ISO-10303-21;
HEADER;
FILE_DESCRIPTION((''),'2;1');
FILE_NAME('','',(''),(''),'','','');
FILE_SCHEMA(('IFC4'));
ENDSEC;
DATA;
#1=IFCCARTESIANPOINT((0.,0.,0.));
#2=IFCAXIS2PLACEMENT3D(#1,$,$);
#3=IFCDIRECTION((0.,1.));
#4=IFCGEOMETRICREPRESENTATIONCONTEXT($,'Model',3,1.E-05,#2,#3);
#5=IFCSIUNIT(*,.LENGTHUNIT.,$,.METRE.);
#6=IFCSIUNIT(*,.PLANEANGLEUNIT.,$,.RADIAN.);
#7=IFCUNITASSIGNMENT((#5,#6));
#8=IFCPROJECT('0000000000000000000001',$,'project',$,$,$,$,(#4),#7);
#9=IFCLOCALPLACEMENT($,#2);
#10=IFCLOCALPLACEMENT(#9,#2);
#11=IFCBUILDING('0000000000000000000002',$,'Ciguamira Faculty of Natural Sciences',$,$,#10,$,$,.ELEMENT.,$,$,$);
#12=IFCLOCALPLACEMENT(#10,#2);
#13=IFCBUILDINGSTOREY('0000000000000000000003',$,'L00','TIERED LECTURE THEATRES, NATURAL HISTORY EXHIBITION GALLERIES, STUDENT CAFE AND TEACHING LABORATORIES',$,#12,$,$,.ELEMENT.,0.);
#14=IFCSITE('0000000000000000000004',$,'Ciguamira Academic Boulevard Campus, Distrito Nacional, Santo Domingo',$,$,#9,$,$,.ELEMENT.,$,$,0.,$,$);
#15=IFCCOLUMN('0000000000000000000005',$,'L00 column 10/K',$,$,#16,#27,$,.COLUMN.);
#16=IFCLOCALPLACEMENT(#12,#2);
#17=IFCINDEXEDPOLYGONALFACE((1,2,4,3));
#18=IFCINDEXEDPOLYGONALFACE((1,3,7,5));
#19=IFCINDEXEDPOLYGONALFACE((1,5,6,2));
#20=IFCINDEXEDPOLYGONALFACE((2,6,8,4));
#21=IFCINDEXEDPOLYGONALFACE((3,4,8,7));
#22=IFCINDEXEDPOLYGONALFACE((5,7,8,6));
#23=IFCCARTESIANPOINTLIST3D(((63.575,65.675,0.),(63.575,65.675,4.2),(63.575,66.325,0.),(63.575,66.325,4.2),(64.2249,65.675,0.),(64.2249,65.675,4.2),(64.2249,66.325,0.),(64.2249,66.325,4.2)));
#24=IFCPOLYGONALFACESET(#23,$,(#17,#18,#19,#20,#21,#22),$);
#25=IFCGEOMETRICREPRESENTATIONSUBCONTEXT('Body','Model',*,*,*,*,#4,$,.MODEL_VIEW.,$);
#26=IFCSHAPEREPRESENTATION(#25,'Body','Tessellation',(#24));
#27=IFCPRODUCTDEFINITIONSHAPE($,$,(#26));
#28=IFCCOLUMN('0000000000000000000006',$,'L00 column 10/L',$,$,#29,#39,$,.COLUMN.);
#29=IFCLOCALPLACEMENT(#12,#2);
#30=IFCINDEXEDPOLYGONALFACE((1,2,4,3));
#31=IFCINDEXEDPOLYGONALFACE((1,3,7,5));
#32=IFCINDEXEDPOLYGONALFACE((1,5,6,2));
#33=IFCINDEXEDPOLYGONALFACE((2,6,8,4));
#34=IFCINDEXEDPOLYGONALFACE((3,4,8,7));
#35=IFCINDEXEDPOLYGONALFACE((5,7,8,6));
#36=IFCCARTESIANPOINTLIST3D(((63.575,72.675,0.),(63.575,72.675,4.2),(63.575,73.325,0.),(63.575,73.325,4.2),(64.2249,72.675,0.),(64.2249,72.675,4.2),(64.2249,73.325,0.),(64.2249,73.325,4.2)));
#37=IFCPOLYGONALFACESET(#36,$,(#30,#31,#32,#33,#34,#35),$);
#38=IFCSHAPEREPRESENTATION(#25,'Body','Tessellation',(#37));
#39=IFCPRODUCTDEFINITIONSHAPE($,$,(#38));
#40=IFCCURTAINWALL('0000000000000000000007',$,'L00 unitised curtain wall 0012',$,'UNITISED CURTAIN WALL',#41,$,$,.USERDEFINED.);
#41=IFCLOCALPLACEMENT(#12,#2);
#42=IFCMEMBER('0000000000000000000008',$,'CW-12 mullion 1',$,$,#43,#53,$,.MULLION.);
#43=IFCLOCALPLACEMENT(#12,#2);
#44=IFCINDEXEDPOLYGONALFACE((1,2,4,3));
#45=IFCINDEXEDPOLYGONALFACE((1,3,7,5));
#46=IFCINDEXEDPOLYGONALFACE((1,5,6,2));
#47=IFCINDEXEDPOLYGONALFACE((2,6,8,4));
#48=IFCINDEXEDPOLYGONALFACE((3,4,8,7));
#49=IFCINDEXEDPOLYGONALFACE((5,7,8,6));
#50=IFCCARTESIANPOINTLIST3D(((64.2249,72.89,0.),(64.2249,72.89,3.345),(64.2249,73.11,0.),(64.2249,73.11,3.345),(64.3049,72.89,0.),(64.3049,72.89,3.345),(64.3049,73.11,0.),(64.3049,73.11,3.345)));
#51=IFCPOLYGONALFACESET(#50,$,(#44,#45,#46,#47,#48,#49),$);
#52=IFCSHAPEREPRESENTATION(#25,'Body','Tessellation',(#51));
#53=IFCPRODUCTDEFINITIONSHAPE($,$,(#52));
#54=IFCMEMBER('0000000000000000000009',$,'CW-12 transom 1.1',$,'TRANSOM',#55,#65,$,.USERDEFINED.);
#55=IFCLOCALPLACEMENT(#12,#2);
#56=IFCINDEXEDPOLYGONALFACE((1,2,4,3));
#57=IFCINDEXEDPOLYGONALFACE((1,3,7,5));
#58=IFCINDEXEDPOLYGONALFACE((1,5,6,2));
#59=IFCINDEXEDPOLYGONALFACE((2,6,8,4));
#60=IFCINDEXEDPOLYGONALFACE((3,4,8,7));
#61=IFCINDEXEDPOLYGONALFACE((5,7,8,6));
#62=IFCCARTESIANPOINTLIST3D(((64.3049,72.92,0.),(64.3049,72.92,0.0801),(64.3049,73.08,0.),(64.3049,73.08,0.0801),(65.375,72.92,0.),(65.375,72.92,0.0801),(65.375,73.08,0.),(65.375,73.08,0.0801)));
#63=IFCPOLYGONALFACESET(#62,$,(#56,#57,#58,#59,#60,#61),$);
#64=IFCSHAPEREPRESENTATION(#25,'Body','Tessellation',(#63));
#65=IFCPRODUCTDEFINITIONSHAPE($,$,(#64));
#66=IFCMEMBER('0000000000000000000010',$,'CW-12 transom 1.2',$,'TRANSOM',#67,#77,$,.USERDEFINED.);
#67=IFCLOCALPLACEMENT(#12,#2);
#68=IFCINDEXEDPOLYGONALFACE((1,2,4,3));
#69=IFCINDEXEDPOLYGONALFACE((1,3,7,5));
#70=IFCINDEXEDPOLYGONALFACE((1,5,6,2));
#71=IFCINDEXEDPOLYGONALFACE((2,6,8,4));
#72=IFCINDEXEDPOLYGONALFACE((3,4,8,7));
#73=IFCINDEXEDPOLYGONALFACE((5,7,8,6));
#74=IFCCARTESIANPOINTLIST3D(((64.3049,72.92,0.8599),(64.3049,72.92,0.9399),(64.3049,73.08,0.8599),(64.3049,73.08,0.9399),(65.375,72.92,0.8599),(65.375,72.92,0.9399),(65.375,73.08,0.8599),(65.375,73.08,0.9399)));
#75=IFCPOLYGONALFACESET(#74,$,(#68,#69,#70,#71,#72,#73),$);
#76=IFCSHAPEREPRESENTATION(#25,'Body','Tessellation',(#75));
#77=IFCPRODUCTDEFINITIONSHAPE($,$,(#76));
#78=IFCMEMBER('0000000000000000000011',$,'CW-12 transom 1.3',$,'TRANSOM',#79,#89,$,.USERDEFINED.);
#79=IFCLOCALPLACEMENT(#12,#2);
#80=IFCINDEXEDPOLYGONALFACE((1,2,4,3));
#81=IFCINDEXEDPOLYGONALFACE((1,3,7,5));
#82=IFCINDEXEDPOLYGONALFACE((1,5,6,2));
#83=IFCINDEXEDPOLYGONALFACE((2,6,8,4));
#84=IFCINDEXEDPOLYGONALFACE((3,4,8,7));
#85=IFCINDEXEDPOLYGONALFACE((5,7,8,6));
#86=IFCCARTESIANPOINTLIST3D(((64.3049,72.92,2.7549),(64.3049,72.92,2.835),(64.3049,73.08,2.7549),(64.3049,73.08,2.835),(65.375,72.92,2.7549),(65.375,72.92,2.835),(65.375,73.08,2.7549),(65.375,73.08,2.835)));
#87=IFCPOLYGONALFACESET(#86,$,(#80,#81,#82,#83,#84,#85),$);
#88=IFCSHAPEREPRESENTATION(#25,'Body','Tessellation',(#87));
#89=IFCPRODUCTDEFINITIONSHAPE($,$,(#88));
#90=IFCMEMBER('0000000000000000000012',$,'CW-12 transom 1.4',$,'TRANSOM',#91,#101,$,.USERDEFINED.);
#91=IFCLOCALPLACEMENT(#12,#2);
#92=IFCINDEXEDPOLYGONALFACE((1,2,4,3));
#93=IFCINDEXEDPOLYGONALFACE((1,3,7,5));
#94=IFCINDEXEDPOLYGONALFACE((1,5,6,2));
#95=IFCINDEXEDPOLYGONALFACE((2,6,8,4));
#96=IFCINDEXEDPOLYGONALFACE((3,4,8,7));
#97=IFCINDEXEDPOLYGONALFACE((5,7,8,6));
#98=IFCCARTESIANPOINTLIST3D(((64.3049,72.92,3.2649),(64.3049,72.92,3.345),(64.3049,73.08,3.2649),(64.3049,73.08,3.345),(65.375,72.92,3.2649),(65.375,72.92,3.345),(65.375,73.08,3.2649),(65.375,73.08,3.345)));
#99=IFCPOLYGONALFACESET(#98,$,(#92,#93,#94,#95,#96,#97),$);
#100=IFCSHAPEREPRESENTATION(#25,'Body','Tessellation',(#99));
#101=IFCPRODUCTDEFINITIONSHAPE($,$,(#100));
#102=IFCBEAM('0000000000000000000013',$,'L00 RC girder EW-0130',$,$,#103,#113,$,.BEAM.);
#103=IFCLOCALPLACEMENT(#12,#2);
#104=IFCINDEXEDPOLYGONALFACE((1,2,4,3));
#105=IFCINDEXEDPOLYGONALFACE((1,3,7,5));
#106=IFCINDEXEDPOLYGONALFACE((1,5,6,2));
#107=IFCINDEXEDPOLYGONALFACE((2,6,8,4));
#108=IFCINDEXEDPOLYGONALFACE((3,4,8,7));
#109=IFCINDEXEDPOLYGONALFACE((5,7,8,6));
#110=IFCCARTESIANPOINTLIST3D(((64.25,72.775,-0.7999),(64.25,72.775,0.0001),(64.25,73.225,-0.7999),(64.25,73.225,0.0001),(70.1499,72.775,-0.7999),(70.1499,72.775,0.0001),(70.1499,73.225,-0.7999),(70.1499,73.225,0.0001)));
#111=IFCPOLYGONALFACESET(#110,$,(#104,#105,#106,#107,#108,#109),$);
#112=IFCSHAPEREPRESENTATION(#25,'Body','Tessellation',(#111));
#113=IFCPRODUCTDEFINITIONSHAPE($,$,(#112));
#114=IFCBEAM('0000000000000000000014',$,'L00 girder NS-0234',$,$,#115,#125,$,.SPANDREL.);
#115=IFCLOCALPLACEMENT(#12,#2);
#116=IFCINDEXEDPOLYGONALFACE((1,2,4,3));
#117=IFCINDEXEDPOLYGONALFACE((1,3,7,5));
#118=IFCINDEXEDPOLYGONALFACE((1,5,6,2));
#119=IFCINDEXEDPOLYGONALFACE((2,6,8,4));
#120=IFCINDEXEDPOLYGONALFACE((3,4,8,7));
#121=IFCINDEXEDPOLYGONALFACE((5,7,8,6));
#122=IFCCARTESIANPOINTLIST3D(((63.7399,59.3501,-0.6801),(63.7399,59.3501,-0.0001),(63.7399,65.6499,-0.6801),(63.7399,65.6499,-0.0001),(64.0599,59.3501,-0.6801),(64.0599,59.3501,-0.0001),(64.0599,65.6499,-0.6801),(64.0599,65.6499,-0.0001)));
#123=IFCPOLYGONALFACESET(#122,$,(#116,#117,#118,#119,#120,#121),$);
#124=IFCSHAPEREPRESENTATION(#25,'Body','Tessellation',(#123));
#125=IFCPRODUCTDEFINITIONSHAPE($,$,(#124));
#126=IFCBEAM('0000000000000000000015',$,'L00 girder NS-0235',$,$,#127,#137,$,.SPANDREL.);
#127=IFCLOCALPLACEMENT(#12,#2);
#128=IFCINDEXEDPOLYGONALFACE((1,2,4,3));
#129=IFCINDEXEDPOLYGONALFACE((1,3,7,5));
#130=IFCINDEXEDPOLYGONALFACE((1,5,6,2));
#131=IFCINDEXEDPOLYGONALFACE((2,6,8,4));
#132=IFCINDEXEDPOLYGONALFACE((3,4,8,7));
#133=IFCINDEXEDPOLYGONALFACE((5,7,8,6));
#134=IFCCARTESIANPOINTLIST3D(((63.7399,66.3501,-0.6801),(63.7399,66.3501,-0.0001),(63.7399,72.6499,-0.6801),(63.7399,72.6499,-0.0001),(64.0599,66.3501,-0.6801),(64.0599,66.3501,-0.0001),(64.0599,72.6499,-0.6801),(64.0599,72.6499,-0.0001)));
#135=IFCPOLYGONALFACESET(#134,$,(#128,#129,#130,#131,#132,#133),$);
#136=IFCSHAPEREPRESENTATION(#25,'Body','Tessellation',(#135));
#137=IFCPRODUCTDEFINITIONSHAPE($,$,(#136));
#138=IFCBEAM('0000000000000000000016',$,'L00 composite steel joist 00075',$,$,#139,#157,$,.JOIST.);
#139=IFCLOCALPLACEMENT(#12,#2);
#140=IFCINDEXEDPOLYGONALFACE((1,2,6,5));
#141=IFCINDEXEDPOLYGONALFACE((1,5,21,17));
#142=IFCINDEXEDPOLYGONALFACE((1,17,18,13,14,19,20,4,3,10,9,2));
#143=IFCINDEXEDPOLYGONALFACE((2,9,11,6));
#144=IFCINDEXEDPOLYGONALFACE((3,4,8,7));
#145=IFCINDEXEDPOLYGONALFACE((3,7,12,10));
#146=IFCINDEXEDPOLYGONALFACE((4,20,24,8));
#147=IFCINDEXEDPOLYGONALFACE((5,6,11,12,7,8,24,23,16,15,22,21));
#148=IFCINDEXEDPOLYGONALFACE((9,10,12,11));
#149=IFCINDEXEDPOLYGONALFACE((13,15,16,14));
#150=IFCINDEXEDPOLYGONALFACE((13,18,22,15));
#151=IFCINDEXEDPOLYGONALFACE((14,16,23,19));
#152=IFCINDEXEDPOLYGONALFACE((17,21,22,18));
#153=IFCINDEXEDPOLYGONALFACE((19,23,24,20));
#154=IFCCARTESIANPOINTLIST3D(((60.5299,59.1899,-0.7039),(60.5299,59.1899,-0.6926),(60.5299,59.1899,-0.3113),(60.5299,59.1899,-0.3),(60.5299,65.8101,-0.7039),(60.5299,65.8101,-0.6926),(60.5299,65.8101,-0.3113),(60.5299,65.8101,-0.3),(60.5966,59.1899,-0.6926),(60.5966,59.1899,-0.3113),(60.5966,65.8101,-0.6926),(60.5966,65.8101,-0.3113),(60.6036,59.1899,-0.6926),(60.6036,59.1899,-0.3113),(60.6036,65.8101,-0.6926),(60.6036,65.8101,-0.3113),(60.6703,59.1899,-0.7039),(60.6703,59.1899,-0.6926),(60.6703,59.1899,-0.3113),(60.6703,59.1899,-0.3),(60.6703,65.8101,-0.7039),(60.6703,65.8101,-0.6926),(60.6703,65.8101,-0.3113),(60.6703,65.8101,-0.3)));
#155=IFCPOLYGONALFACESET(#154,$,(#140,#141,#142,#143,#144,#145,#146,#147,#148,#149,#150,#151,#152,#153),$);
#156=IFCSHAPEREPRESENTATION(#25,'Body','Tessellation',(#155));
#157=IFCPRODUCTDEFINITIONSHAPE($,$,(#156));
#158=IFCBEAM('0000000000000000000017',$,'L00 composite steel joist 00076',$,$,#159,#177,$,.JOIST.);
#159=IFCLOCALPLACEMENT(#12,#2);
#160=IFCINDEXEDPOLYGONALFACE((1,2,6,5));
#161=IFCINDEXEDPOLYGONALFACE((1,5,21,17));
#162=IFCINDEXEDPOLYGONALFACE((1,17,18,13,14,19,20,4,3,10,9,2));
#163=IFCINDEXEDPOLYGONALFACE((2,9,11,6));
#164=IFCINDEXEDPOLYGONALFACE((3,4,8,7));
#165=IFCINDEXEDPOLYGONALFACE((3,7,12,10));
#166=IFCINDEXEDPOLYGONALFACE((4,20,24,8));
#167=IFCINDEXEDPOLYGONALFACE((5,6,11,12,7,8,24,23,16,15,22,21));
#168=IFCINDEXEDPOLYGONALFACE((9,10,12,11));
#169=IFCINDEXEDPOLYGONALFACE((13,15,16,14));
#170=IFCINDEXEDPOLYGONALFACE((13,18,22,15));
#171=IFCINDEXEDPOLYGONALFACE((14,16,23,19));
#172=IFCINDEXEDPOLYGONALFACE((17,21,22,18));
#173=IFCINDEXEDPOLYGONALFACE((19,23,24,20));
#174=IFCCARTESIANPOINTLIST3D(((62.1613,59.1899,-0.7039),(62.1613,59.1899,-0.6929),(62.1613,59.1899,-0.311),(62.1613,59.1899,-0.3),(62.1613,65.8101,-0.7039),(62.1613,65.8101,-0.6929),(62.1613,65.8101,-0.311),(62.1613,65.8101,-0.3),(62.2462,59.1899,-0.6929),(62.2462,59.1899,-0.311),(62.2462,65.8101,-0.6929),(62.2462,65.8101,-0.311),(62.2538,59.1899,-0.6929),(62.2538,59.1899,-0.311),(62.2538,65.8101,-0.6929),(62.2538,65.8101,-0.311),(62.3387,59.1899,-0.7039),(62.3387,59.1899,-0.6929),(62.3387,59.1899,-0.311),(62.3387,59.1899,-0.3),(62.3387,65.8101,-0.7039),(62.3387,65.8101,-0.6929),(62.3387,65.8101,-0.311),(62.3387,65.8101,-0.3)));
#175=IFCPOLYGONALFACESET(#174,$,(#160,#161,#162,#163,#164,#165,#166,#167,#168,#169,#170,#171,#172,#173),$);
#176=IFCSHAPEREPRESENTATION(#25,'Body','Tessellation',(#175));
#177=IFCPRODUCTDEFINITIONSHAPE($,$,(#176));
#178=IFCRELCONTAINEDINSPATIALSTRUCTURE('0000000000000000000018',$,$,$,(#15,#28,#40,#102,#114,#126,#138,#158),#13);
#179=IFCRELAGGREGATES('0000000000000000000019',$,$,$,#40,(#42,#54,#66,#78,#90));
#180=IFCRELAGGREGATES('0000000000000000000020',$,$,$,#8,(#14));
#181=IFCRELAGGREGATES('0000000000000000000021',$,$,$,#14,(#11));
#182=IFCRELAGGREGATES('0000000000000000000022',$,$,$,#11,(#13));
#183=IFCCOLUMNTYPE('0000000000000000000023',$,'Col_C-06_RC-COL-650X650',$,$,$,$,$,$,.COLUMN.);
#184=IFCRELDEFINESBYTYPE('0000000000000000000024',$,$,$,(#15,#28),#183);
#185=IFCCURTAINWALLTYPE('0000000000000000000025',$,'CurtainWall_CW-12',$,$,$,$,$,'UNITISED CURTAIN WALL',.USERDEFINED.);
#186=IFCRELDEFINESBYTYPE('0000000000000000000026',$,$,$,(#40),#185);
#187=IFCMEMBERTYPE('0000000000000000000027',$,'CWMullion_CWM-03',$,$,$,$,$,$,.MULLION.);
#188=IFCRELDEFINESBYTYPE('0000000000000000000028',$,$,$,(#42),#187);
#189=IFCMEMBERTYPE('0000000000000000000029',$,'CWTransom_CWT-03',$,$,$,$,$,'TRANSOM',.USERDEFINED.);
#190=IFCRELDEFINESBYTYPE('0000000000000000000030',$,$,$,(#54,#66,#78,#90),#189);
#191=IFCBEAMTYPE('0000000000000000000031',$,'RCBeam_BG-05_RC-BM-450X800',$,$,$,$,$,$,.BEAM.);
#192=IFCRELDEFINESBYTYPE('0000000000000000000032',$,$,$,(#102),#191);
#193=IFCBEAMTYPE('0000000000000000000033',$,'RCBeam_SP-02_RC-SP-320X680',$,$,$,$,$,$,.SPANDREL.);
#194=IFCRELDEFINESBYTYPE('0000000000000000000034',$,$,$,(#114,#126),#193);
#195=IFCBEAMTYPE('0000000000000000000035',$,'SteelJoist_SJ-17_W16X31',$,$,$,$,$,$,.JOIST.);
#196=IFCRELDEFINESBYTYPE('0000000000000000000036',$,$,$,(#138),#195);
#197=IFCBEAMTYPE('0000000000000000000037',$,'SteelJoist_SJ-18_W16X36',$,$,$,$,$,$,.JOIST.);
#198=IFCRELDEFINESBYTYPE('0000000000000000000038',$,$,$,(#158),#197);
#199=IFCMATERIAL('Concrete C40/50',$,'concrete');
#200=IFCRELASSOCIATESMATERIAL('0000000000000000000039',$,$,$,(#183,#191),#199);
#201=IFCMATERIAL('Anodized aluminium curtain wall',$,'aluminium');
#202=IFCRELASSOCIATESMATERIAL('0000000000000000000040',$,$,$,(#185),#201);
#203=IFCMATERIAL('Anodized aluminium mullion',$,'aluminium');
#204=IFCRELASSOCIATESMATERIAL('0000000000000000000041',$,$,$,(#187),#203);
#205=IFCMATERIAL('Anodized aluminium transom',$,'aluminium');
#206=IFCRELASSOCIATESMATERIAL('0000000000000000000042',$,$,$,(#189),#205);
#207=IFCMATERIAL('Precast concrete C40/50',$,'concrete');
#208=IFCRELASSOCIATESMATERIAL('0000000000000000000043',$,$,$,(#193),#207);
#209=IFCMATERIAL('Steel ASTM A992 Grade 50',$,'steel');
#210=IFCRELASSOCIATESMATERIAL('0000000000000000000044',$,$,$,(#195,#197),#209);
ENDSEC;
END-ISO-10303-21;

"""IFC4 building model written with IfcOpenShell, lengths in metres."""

from ifc_helpers import new_model, si_unit, direction, frame, origin, origin_2d, place, context, subcontext, project, spatial, rectangle, i_section, extrude, material, material_profile, profile_set, type_object, element, aggregate, save


model = new_model("IFC4")

# Units and contexts
model_context = context("Model", 3, precision=1e-05, world=origin(), true_north=direction((0.0, 1.0)))
body_context = subcontext(model_context, "Body", "Model", "MODEL_VIEW")
ifc_project = project(units=[si_unit("LENGTHUNIT", "METRE"), si_unit("PLANEANGLEUNIT", "RADIAN")], contexts=[model_context])

# Site, building, storey
site_placement = place(None, origin())
site = spatial("IfcSite", under=ifc_project, at=site_placement, Name="Ciguamira Academic Boulevard Campus, Distrito Nacional, Santo Domingo", CompositionType="ELEMENT", RefElevation=0.0)
building_placement = place(site_placement, origin())
building = spatial("IfcBuilding", under=site, at=building_placement, Name="Ciguamira Faculty of Natural Sciences", CompositionType="ELEMENT")
storey_placement = place(building_placement, origin())
storey = spatial("IfcBuildingStorey", under=building, at=storey_placement, Name="L00", Description="TIERED LECTURE THEATRES, NATURAL HISTORY EXHIBITION GALLERIES, STUDENT CAFE AND TEACHING LABORATORIES", CompositionType="ELEMENT", Elevation=0.0)

# Columns
ifc_material_1 = material(Name="Concrete C40/50", Category="concrete")
ifc_material_profile_1 = material_profile(ifc_material_1, rectangle(XDim=0.6499, YDim=0.6499, at=origin_2d()), Name="RC-COL-650X650")
ifc_profile_set_1 = profile_set([ifc_material_profile_1], Name="Concrete C40/50")
column_type = type_object("IfcColumnType", Name="Col_C-06_RC-COL-650X650", PredefinedType="COLUMN", material=ifc_profile_set_1)
for number, where, z_axis, x_axis, name in (
    (1, (63.8999, 66.0, 0.0), (0.0, 0.0, 1.0), (1.0, 0.0, 0.0), "L00 column 10/K"),
    (2, (63.8999, 73.0, 0.0), (0.0, 0.0, 1.0), (1.0, 0.0, 0.0), "L00 column 10/L"),
):
    element("IfcColumn", number, at=place(storey_placement, frame(where, z_axis=z_axis, x_axis=x_axis)), inside=storey, type_object=column_type, Name=name, PredefinedType="COLUMN", context=body_context, shape_type="SweptSolid", body=[
        extrude(rectangle(XDim=0.6499, YDim=0.6499, at=origin_2d()), origin(), (0.0, 0.0, 1.0), 4.2),
    ])

# Curtain wall, members
ifc_material_2 = material(Name="Anodized aluminium curtain wall", Category="aluminium")
curtain_wall_type = type_object("IfcCurtainWallType", Name="CurtainWall_CW-12", ElementType="UNITISED CURTAIN WALL", PredefinedType="USERDEFINED", material=ifc_material_2)
curtain_wall_placement = place(storey_placement, origin())
curtain_wall = element("IfcCurtainWall", 3, at=curtain_wall_placement, inside=storey, type_object=curtain_wall_type, Name="L00 unitised curtain wall 0012", ObjectType="UNITISED CURTAIN WALL", PredefinedType="USERDEFINED")
ifc_material_3 = material(Name="Anodized aluminium mullion", Category="aluminium")
ifc_material_profile_2 = material_profile(ifc_material_3, rectangle(XDim=0.0801, YDim=0.22, at=origin_2d()), Name="ALU-MUL-80X220")
ifc_profile_set_2 = profile_set([ifc_material_profile_2], Name="Anodized aluminium mullion")
member_type_1 = type_object("IfcMemberType", Name="CWMullion_CWM-03", PredefinedType="MULLION", material=ifc_profile_set_2)
member_1_placement = place(storey_placement, frame((64.2649, 73.0, 0.0), z_axis=(0.0, 0.0, 1.0), x_axis=(1.0, 0.0, 0.0)))
member_1 = element("IfcMember", 4, at=member_1_placement, type_object=member_type_1, Name="CW-12 mullion 1", PredefinedType="MULLION", context=body_context, shape_type="SweptSolid", body=[
    extrude(rectangle(XDim=0.0801, YDim=0.22, at=origin_2d()), origin(), (0.0, 0.0, 1.0), 3.345),
])
ifc_material_4 = material(Name="Anodized aluminium transom", Category="aluminium")
ifc_material_profile_3 = material_profile(ifc_material_4, rectangle(XDim=0.0801, YDim=0.1599, at=origin_2d()), Name="ALU-TRN-80X160")
ifc_profile_set_3 = profile_set([ifc_material_profile_3], Name="Anodized aluminium transom")
member_type_2 = type_object("IfcMemberType", Name="CWTransom_CWT-03", ElementType="TRANSOM", PredefinedType="USERDEFINED", material=ifc_profile_set_3)
member_2_placement = place(storey_placement, frame((64.3049, 73.0, 0.04), z_axis=(1.0, 0.0, 0.0), x_axis=(0.0, 0.0, 1.0)))
member_2 = element("IfcMember", 5, at=member_2_placement, type_object=member_type_2, Name="CW-12 transom 1.1", ObjectType="TRANSOM", PredefinedType="USERDEFINED", context=body_context, shape_type="SweptSolid", body=[
    extrude(rectangle(XDim=0.0801, YDim=0.1599, at=origin_2d()), origin(), (0.0, 0.0, 1.0), 1.0701),
])
member_3_placement = place(storey_placement, frame((64.3049, 73.0, 0.8999), z_axis=(1.0, 0.0, 0.0), x_axis=(0.0, 0.0, 1.0)))
member_3 = element("IfcMember", 6, at=member_3_placement, type_object=member_type_2, Name="CW-12 transom 1.2", ObjectType="TRANSOM", PredefinedType="USERDEFINED", context=body_context, shape_type="SweptSolid", body=[
    extrude(rectangle(XDim=0.0801, YDim=0.1599, at=origin_2d()), origin(), (0.0, 0.0, 1.0), 1.0701),
])
member_4_placement = place(storey_placement, frame((64.3049, 73.0, 2.7949), z_axis=(1.0, 0.0, 0.0), x_axis=(0.0, 0.0, 1.0)))
member_4 = element("IfcMember", 7, at=member_4_placement, type_object=member_type_2, Name="CW-12 transom 1.3", ObjectType="TRANSOM", PredefinedType="USERDEFINED", context=body_context, shape_type="SweptSolid", body=[
    extrude(rectangle(XDim=0.0801, YDim=0.1599, at=origin_2d()), origin(), (0.0, 0.0, 1.0), 1.0701),
])
member_5_placement = place(storey_placement, frame((64.3049, 73.0, 3.3049), z_axis=(1.0, 0.0, 0.0), x_axis=(0.0, 0.0, 1.0)))
member_5 = element("IfcMember", 8, at=member_5_placement, type_object=member_type_2, Name="CW-12 transom 1.4", ObjectType="TRANSOM", PredefinedType="USERDEFINED", context=body_context, shape_type="SweptSolid", body=[
    extrude(rectangle(XDim=0.0801, YDim=0.1599, at=origin_2d()), origin(), (0.0, 0.0, 1.0), 1.0701),
])

# Beams
ifc_material_profile_4 = material_profile(ifc_material_1, rectangle(XDim=0.45, YDim=0.8, at=origin_2d()), Name="RC-BM-450X800")
ifc_profile_set_4 = profile_set([ifc_material_profile_4], Name="Concrete C40/50")
beam_type_1 = type_object("IfcBeamType", Name="RCBeam_BG-05_RC-BM-450X800", PredefinedType="BEAM", material=ifc_profile_set_4)
beam_1_placement = place(storey_placement, frame((64.25, 73.0, -0.3999), z_axis=(1.0, 0.0, 0.0), x_axis=(0.0, 1.0, 0.0)))
element("IfcBeam", 9, at=beam_1_placement, inside=storey, type_object=beam_type_1, Name="L00 RC girder EW-0130", PredefinedType="BEAM", context=body_context, shape_type="SweptSolid", body=[
    extrude(rectangle(XDim=0.45, YDim=0.8, at=origin_2d()), origin(), (0.0, 0.0, 1.0), 5.8999),
])
ifc_material_5 = material(Name="Precast concrete C40/50", Category="concrete")
ifc_material_profile_5 = material_profile(ifc_material_5, rectangle(XDim=0.3201, YDim=0.6799, at=origin_2d()), Name="RC-SP-320X680")
ifc_profile_set_5 = profile_set([ifc_material_profile_5], Name="Precast concrete C40/50")
beam_type_2 = type_object("IfcBeamType", Name="RCBeam_SP-02_RC-SP-320X680", PredefinedType="SPANDREL", material=ifc_profile_set_5)
for number, where, z_axis, x_axis, name in (
    (10, (63.8999, 59.3501, -0.3401), (0.0, 1.0, 0.0), (-1.0, 0.0, 0.0), "L00 girder NS-0234"),
    (11, (63.8999, 66.3501, -0.3401), (0.0, 1.0, 0.0), (-1.0, 0.0, 0.0), "L00 girder NS-0235"),
):
    element("IfcBeam", number, at=place(storey_placement, frame(where, z_axis=z_axis, x_axis=x_axis)), inside=storey, type_object=beam_type_2, Name=name, PredefinedType="SPANDREL", context=body_context, shape_type="SweptSolid", body=[
        extrude(rectangle(XDim=0.3201, YDim=0.6799, at=origin_2d()), origin(), (0.0, 0.0, 1.0), 6.2998),
    ])
ifc_material_6 = material(Name="Steel ASTM A992 Grade 50", Category="steel")
ifc_material_profile_6 = material_profile(ifc_material_6, i_section(OverallWidth=0.1404, OverallDepth=0.4038, WebThickness=0.0071, FlangeThickness=0.0112, at=origin_2d()), Name="W16X31")
ifc_profile_set_6 = profile_set([ifc_material_profile_6], Name="Steel ASTM A992 Grade 50")
beam_type_3 = type_object("IfcBeamType", Name="SteelJoist_SJ-17_W16X31", PredefinedType="JOIST", material=ifc_profile_set_6)
beam_2_placement = place(storey_placement, frame((60.6001, 59.1899, -0.502), z_axis=(0.0, 1.0, 0.0), x_axis=(-1.0, 0.0, 0.0)))
element("IfcBeam", 12, at=beam_2_placement, inside=storey, type_object=beam_type_3, Name="L00 composite steel joist 00075", PredefinedType="JOIST", context=body_context, shape_type="SweptSolid", body=[
    extrude(i_section(OverallWidth=0.1404, OverallDepth=0.4038, WebThickness=0.0071, FlangeThickness=0.0112, at=origin_2d()), origin(), (0.0, 0.0, 1.0), 6.6201),
])
ifc_material_profile_7 = material_profile(ifc_material_6, i_section(OverallWidth=0.1775, OverallDepth=0.4038, WebThickness=0.0076, FlangeThickness=0.011, at=origin_2d()), Name="W16X36")
ifc_profile_set_7 = profile_set([ifc_material_profile_7], Name="Steel ASTM A992 Grade 50")
beam_type_4 = type_object("IfcBeamType", Name="SteelJoist_SJ-18_W16X36", PredefinedType="JOIST", material=ifc_profile_set_7)
beam_3_placement = place(storey_placement, frame((62.25, 59.1899, -0.502), z_axis=(0.0, 1.0, 0.0), x_axis=(-1.0, 0.0, 0.0)))
element("IfcBeam", 13, at=beam_3_placement, inside=storey, type_object=beam_type_4, Name="L00 composite steel joist 00076", PredefinedType="JOIST", context=body_context, shape_type="SweptSolid", body=[
    extrude(i_section(OverallWidth=0.1775, OverallDepth=0.4038, WebThickness=0.0076, FlangeThickness=0.011, at=origin_2d()), origin(), (0.0, 0.0, 1.0), 6.6201),
])

aggregate(curtain_wall, [member_1, member_2, member_3, member_4, member_5])

save(model, "model.ifc")
